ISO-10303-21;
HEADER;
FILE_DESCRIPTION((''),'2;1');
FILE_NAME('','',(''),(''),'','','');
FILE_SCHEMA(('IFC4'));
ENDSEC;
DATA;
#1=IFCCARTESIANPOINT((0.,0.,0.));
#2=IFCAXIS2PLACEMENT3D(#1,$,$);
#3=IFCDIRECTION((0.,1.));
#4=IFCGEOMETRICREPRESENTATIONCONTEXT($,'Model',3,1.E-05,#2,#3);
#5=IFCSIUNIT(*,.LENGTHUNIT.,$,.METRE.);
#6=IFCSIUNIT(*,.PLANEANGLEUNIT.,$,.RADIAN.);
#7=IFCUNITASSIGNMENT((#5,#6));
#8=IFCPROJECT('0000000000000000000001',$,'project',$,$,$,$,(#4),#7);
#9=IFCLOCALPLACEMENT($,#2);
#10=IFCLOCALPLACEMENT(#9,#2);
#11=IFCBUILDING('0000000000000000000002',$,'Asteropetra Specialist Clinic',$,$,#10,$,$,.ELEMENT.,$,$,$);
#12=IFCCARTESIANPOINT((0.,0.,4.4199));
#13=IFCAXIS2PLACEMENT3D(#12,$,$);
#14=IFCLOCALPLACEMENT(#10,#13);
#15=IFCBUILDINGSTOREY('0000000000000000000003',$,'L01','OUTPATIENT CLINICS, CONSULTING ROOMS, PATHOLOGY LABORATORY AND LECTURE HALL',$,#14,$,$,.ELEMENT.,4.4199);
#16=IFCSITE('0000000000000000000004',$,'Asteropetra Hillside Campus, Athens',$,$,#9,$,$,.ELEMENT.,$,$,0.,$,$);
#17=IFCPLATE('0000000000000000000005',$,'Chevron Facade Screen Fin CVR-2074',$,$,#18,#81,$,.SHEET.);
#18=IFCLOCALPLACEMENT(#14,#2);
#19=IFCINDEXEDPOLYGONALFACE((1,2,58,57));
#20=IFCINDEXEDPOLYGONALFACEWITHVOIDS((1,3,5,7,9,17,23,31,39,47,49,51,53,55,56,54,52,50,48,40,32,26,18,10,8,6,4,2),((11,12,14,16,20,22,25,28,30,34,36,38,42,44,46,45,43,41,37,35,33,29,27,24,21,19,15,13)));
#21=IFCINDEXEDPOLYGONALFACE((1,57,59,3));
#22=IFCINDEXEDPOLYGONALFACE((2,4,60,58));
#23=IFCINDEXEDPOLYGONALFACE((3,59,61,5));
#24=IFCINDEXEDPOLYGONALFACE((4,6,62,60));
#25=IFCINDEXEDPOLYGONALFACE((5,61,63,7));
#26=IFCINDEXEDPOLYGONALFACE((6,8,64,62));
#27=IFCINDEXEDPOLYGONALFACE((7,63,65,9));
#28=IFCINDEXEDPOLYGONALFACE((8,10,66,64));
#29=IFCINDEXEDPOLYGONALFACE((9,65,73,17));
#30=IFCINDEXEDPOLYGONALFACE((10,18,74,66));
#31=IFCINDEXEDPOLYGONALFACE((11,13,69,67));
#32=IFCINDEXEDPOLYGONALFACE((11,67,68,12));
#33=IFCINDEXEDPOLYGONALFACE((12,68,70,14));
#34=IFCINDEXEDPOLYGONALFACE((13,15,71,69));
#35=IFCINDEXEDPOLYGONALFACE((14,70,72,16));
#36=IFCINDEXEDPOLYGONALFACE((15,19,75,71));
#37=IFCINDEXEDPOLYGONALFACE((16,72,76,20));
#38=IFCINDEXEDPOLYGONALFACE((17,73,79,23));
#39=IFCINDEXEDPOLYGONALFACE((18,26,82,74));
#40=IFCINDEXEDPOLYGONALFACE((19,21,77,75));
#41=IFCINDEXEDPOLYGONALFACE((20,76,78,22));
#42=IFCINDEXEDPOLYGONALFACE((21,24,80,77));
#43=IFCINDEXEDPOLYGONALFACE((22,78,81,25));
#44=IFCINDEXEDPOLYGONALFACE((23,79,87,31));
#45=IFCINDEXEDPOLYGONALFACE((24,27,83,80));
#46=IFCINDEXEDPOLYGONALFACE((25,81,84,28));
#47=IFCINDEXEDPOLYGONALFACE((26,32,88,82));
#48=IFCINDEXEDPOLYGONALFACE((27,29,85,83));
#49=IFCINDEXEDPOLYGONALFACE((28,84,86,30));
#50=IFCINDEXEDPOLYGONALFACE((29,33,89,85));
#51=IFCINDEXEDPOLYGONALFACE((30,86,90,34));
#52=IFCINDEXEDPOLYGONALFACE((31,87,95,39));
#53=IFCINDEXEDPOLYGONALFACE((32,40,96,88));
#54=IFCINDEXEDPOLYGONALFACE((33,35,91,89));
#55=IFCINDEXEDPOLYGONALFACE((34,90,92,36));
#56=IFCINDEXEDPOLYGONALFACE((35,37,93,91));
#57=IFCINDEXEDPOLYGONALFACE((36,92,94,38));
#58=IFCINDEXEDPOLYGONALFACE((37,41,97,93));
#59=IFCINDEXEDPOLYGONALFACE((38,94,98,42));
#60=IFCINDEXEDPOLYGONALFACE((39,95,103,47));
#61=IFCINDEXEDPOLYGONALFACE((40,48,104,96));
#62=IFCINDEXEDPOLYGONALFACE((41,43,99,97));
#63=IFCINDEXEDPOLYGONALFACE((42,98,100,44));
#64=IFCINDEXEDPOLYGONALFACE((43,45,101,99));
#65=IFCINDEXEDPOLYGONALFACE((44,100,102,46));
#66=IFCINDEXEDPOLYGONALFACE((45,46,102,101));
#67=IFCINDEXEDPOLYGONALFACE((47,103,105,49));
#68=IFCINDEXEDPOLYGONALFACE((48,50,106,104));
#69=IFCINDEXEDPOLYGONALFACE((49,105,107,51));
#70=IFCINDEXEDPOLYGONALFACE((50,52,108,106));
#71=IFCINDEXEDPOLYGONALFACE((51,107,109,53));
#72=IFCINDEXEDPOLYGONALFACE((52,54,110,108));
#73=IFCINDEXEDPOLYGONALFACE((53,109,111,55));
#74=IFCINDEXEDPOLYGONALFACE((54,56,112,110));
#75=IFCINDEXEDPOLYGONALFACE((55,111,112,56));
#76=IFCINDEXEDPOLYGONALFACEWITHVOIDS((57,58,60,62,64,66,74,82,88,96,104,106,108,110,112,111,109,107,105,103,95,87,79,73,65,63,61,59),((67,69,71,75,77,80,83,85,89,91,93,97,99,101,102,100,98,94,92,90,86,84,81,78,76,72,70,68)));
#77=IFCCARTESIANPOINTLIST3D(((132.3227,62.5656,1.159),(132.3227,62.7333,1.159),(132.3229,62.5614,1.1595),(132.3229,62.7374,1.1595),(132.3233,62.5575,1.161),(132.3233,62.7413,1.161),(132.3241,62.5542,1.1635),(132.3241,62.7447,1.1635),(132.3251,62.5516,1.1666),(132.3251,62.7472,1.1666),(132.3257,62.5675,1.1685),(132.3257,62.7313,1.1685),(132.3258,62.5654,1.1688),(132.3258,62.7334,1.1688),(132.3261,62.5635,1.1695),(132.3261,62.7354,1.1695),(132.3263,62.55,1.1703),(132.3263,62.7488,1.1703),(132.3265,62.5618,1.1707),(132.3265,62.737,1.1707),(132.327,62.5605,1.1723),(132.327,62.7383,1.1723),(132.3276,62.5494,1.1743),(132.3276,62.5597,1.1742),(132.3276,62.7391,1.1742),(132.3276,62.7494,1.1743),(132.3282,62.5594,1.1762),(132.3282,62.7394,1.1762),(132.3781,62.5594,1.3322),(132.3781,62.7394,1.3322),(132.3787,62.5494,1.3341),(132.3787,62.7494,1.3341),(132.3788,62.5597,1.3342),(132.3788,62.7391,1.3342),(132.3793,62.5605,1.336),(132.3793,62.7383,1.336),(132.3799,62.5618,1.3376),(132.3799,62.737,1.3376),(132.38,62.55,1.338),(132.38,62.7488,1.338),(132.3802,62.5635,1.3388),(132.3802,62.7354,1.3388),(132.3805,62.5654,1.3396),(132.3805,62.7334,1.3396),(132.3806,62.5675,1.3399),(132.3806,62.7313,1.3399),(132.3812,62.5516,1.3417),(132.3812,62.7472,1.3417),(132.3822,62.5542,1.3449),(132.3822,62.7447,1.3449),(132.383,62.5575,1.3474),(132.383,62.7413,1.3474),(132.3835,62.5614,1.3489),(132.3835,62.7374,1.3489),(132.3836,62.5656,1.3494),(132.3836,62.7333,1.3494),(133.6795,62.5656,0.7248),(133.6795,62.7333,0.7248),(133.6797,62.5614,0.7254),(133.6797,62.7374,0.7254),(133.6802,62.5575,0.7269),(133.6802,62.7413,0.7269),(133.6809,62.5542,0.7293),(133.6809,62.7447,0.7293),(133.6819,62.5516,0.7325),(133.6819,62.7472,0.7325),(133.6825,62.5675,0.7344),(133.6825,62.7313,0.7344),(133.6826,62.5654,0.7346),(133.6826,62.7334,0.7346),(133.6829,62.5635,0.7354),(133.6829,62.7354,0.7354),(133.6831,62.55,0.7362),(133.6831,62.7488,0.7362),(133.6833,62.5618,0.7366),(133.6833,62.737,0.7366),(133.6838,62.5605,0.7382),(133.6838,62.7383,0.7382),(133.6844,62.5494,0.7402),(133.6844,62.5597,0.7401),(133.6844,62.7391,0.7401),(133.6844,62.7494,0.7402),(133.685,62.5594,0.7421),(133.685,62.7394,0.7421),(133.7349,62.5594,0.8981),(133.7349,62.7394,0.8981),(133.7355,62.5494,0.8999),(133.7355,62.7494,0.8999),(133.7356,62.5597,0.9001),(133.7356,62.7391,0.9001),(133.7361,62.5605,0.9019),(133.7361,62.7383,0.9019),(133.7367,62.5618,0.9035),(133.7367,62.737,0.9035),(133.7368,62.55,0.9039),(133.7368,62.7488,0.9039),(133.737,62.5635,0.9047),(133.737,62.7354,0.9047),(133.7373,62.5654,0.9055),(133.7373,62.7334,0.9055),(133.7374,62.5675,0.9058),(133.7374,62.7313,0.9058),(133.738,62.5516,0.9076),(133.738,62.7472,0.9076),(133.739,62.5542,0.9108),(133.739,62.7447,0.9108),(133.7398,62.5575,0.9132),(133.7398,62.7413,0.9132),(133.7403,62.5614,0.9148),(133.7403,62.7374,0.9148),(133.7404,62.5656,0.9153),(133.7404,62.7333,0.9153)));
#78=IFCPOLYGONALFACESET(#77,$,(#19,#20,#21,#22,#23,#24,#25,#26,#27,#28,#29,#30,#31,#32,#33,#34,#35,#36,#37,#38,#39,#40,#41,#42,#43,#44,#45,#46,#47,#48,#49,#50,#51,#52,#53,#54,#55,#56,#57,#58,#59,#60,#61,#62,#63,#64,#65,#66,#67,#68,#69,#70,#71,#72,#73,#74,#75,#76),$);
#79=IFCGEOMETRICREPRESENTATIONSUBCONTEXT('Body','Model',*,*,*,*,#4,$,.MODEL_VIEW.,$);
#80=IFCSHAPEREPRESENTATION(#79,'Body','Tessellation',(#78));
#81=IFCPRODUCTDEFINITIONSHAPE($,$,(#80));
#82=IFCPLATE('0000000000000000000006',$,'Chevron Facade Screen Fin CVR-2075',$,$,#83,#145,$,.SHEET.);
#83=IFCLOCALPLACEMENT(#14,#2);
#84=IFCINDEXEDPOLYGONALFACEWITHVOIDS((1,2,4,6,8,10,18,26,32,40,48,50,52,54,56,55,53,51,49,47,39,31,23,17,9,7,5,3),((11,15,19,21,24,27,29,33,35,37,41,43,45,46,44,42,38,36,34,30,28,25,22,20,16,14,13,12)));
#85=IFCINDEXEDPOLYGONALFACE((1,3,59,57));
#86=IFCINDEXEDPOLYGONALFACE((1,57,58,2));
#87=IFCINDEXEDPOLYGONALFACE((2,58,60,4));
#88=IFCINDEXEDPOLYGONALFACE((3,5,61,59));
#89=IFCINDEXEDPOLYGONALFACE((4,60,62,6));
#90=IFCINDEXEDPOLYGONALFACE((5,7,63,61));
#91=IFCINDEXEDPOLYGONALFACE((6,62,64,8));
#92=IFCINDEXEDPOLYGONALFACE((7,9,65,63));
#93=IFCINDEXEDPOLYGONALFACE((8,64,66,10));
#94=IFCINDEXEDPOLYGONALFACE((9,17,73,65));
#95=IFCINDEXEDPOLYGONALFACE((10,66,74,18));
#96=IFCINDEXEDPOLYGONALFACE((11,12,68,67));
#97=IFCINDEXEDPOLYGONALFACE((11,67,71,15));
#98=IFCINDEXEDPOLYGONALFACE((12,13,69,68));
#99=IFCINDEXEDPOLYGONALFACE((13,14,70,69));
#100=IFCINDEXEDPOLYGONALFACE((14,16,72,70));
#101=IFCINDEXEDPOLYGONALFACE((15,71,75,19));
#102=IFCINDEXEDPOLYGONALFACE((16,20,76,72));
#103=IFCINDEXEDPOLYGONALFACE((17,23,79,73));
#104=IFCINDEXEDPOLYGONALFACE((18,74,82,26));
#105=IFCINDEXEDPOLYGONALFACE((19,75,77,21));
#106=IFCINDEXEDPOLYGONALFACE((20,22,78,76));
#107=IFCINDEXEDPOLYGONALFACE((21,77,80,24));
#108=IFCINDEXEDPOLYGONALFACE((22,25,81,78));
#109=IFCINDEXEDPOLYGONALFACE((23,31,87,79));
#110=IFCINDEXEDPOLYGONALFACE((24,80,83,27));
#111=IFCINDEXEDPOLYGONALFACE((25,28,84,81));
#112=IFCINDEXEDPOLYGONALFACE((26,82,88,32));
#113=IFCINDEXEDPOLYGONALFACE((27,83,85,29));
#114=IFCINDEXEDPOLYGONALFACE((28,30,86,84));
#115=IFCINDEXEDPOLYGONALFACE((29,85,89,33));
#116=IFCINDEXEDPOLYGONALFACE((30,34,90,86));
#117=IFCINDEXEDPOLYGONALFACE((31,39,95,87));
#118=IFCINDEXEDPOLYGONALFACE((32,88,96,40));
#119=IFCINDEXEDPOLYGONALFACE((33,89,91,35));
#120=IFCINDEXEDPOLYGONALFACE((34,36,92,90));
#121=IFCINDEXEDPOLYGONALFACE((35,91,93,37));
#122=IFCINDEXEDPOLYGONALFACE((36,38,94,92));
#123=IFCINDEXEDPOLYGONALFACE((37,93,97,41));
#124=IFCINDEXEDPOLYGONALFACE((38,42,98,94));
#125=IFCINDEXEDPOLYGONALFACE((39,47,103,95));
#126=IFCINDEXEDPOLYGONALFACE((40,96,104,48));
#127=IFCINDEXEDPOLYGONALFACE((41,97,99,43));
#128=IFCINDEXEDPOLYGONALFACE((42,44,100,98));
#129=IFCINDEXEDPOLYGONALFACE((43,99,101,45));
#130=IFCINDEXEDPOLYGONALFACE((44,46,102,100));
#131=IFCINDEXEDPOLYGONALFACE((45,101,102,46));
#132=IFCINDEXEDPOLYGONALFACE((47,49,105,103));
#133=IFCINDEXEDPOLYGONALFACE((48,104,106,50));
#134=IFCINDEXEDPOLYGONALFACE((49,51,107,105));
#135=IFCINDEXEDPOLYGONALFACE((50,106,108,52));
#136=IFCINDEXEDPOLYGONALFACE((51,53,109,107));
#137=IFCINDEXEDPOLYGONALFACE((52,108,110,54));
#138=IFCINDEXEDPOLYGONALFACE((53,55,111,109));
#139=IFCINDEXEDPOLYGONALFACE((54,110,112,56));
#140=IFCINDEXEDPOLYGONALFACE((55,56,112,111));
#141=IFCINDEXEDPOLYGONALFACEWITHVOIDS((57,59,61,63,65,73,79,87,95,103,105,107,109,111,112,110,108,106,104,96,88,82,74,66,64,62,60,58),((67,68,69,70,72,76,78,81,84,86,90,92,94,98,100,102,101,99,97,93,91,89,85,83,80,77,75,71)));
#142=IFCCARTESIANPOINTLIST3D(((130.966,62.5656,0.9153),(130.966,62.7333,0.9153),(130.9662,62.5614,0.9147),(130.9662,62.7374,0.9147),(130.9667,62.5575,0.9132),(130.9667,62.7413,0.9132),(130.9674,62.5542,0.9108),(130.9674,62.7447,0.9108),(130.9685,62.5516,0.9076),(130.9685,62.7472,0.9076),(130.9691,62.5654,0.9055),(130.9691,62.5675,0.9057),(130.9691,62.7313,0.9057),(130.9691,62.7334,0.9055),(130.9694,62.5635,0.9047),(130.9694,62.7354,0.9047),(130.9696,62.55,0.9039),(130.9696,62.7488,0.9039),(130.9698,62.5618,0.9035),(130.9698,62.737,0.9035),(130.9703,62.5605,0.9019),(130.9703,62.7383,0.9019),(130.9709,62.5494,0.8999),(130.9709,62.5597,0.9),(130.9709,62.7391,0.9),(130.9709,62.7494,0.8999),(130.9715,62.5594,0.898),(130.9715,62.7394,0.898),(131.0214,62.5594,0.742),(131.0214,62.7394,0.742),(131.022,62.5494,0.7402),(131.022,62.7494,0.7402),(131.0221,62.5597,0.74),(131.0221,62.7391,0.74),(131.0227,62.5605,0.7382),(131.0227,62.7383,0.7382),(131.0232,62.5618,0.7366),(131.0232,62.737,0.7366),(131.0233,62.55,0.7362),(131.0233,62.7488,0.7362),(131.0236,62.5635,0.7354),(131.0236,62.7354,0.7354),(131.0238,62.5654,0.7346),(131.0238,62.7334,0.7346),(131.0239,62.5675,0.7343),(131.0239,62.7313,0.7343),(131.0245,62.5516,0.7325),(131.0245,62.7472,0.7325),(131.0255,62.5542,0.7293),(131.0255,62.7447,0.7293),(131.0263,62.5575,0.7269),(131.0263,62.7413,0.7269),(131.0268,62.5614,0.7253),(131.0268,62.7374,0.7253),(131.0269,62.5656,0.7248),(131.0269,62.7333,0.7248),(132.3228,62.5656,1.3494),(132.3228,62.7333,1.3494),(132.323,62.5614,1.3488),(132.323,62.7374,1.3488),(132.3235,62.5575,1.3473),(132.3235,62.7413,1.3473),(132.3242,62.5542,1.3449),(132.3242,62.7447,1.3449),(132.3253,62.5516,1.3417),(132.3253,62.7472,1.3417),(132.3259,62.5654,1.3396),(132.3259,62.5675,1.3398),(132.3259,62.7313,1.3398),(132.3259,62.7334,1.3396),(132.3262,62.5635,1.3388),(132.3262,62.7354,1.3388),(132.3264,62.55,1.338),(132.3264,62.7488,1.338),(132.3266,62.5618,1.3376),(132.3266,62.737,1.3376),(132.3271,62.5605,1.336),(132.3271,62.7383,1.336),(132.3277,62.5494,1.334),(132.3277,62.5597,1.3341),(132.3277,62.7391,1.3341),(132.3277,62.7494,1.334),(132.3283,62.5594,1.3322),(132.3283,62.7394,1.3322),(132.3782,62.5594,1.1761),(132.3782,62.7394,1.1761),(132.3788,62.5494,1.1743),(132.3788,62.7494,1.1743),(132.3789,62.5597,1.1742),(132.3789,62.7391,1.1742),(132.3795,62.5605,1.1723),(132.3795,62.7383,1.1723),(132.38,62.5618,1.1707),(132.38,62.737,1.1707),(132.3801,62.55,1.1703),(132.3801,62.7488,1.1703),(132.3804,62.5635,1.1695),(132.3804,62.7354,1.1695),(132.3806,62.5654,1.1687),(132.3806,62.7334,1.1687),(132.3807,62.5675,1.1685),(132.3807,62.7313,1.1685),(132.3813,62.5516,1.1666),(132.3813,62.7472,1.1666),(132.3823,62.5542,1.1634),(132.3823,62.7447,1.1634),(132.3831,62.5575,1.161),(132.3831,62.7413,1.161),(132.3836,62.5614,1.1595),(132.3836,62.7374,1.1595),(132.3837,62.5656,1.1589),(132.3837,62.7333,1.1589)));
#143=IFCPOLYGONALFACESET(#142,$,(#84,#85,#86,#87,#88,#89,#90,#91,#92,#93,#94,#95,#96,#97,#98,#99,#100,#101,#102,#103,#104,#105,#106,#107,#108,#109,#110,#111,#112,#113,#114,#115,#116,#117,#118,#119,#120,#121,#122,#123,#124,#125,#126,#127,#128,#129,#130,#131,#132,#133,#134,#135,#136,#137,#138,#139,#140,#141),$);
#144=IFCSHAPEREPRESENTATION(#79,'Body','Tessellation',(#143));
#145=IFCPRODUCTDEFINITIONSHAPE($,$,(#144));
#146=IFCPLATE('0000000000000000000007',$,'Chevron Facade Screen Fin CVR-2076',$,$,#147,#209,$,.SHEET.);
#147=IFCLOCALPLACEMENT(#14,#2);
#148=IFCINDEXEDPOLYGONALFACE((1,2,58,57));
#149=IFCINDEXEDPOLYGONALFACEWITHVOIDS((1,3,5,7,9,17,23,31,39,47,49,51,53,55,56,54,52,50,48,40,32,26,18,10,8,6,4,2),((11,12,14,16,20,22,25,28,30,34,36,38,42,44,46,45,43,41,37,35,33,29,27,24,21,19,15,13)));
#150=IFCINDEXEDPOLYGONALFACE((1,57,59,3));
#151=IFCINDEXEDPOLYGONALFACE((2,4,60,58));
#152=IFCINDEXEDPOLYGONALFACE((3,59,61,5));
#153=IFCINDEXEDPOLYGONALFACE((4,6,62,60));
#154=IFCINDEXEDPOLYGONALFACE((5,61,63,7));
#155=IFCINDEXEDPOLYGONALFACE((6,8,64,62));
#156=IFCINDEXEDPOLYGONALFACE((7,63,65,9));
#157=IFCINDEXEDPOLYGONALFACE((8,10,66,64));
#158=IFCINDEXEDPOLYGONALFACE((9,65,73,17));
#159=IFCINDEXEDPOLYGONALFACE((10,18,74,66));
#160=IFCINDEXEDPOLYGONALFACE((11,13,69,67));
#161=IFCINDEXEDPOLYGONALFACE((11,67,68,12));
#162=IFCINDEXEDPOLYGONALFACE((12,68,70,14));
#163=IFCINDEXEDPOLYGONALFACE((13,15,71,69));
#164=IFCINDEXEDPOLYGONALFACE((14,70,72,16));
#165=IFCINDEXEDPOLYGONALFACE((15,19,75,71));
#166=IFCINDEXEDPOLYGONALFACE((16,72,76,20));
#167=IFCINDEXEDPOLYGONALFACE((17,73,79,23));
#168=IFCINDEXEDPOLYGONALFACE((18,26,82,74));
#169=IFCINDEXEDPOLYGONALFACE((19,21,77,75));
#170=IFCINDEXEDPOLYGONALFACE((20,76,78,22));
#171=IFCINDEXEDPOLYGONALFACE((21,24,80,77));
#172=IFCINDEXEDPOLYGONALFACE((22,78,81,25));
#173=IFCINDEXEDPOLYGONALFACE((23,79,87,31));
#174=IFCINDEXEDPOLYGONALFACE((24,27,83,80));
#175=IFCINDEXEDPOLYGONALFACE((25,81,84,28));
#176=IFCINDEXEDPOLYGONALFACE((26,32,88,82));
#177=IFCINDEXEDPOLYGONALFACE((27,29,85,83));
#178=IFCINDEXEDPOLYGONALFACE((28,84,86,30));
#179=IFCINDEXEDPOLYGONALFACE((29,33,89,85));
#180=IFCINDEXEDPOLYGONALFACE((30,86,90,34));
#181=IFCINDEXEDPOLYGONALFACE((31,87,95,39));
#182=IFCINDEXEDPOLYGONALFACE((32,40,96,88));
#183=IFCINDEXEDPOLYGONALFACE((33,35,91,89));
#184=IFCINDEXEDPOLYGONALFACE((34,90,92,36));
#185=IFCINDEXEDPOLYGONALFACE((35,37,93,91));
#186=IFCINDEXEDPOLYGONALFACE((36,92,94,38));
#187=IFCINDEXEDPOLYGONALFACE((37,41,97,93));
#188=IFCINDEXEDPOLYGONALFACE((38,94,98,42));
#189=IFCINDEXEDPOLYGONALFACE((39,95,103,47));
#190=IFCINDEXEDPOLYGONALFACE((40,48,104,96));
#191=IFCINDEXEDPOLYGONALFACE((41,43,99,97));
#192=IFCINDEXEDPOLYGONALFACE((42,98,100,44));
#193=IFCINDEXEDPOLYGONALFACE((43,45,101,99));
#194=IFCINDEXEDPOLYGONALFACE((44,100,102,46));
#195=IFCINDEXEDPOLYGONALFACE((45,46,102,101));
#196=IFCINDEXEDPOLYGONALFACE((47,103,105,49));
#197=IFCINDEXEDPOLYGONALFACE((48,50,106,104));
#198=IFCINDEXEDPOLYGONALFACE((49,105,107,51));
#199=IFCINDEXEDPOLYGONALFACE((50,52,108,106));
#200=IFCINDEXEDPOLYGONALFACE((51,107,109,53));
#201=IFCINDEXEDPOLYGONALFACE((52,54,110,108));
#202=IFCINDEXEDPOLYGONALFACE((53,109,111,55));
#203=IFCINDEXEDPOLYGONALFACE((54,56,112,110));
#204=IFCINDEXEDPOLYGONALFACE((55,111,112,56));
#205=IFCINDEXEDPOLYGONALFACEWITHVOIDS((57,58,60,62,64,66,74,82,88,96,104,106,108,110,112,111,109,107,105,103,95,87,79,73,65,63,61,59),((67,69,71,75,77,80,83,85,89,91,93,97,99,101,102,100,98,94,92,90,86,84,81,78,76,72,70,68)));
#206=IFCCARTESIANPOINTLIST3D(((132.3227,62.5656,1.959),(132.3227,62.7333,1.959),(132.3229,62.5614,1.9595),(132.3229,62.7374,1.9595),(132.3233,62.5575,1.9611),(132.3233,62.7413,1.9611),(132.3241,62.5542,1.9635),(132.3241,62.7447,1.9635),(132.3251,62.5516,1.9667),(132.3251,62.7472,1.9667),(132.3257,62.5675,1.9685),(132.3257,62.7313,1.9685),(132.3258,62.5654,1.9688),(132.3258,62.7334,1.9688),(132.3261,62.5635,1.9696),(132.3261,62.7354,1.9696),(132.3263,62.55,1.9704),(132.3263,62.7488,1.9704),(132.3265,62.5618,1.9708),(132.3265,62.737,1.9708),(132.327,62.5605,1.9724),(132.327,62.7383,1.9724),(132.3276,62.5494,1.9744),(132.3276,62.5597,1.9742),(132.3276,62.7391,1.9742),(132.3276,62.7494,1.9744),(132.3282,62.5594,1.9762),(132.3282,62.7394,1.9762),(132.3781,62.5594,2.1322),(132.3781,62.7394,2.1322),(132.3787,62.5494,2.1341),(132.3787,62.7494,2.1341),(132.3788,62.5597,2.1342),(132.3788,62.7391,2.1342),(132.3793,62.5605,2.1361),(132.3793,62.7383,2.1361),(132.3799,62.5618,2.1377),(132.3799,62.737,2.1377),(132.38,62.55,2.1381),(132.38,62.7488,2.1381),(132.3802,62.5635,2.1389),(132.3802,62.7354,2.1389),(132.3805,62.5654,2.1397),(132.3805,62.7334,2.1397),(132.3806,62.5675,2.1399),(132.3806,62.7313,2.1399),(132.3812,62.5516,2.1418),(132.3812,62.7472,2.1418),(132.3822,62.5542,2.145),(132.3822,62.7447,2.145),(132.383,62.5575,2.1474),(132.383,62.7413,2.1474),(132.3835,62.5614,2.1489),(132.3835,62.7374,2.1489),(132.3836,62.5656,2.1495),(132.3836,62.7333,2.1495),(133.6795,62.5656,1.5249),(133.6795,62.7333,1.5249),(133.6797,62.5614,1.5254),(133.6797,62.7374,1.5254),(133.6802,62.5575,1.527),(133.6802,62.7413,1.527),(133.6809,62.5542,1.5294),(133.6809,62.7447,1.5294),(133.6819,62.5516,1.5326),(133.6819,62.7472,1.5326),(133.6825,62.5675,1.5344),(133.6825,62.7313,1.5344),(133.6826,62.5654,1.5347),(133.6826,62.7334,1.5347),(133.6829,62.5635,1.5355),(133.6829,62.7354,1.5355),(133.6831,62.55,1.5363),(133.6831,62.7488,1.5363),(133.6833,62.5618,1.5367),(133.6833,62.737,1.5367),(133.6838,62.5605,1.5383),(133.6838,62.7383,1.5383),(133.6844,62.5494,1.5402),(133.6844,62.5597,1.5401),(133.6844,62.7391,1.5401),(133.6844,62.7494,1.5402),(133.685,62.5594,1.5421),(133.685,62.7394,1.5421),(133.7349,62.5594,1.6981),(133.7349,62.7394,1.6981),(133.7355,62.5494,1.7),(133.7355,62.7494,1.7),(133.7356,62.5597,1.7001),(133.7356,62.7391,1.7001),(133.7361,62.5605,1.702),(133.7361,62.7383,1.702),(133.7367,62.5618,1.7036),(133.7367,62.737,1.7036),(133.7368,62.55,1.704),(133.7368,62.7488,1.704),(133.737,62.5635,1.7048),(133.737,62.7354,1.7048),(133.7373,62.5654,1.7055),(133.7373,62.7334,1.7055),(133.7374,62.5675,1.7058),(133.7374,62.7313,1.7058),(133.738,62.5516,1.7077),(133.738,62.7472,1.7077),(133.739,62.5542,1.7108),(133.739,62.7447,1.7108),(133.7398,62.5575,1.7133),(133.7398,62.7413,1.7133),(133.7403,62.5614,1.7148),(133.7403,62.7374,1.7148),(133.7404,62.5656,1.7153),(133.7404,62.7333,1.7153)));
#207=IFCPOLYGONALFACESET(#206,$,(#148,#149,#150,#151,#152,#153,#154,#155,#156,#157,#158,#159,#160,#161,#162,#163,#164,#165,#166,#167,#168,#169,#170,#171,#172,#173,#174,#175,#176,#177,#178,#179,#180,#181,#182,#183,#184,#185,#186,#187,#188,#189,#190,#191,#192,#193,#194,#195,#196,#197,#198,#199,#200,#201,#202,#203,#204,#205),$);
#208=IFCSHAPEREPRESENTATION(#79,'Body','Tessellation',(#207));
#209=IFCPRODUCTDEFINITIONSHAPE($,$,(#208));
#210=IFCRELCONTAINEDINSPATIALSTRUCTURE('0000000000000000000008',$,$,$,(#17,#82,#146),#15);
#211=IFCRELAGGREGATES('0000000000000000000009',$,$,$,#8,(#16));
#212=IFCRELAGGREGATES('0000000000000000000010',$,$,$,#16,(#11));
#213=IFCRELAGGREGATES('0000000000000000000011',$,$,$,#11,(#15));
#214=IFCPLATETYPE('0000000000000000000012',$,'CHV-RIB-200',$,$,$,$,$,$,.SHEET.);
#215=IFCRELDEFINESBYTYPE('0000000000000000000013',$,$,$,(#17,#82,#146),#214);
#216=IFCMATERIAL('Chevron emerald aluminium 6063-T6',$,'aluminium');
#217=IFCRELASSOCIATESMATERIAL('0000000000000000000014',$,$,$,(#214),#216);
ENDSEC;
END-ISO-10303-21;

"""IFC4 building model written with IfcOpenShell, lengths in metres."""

from ifc_helpers import new_model, si_unit, direction, frame, origin, origin_2d, place, context, subcontext, project, spatial, hollow_rectangle, extrude, material, material_profile, profile_set, type_object, element, save


model = new_model("IFC4")

# Units and contexts
model_context = context("Model", 3, precision=1e-05, world=origin(), true_north=direction((0.0, 1.0)))
body_context = subcontext(model_context, "Body", "Model", "MODEL_VIEW")
ifc_project = project(units=[si_unit("LENGTHUNIT", "METRE"), si_unit("PLANEANGLEUNIT", "RADIAN")], contexts=[model_context])

# Site, building, storey
site_placement = place(None, origin())
site = spatial("IfcSite", under=ifc_project, at=site_placement, Name="Asteropetra Hillside Campus, Athens", CompositionType="ELEMENT", RefElevation=0.0)
building_placement = place(site_placement, origin())
building = spatial("IfcBuilding", under=site, at=building_placement, Name="Asteropetra Specialist Clinic", CompositionType="ELEMENT")
storey_placement = place(building_placement, frame((0.0, 0.0, 4.4199)))
storey = spatial("IfcBuildingStorey", under=building, at=storey_placement, Name="L01", Description="OUTPATIENT CLINICS, CONSULTING ROOMS, PATHOLOGY LABORATORY AND LECTURE HALL", CompositionType="ELEMENT", Elevation=4.4199)

# Plates
ifc_material_1 = material(Name="Chevron emerald aluminium 6063-T6", Category="aluminium")
ifc_material_profile_1 = material_profile(ifc_material_1, hollow_rectangle(XDim=0.2, YDim=0.2, WallThickness=0.01, InnerFilletRadius=0.0081, OuterFilletRadius=0.0161, at=origin_2d()), Name="SHS 200x200x10.0")
ifc_profile_set_1 = profile_set([ifc_material_profile_1], Name="Chevron emerald aluminium 6063-T6")
plate_type = type_object("IfcPlateType", Name="CHV-RIB-200", PredefinedType="SHEET", material=ifc_profile_set_1)
for number, where, z_axis, x_axis, name in (
    (1, (133.71, 62.6494, 0.8201), (-0.952436, 0.0, 0.304738), (0.0, -1.0, 0.0), "Chevron Facade Screen Fin CVR-2074"),
    (2, (132.3533, 62.6494, 1.2542), (-0.952436, 0.0, -0.304738), (0.0, -1.0, 0.0), "Chevron Facade Screen Fin CVR-2075"),
    (3, (133.71, 62.6494, 1.6201), (-0.952436, 0.0, 0.304738), (0.0, -1.0, 0.0), "Chevron Facade Screen Fin CVR-2076"),
):
    element("IfcPlate", number, at=place(storey_placement, frame(where, z_axis=z_axis, x_axis=x_axis)), inside=storey, type_object=plate_type, Name=name, PredefinedType="SHEET", context=body_context, shape_type="SweptSolid", body=[
        extrude(hollow_rectangle(XDim=0.2, YDim=0.2, WallThickness=0.01, InnerFilletRadius=0.0081, OuterFilletRadius=0.0161, at=origin_2d()), origin(), (0.0, 0.0, 1.0), 1.4246),
    ])

save(model, "model.ifc")
